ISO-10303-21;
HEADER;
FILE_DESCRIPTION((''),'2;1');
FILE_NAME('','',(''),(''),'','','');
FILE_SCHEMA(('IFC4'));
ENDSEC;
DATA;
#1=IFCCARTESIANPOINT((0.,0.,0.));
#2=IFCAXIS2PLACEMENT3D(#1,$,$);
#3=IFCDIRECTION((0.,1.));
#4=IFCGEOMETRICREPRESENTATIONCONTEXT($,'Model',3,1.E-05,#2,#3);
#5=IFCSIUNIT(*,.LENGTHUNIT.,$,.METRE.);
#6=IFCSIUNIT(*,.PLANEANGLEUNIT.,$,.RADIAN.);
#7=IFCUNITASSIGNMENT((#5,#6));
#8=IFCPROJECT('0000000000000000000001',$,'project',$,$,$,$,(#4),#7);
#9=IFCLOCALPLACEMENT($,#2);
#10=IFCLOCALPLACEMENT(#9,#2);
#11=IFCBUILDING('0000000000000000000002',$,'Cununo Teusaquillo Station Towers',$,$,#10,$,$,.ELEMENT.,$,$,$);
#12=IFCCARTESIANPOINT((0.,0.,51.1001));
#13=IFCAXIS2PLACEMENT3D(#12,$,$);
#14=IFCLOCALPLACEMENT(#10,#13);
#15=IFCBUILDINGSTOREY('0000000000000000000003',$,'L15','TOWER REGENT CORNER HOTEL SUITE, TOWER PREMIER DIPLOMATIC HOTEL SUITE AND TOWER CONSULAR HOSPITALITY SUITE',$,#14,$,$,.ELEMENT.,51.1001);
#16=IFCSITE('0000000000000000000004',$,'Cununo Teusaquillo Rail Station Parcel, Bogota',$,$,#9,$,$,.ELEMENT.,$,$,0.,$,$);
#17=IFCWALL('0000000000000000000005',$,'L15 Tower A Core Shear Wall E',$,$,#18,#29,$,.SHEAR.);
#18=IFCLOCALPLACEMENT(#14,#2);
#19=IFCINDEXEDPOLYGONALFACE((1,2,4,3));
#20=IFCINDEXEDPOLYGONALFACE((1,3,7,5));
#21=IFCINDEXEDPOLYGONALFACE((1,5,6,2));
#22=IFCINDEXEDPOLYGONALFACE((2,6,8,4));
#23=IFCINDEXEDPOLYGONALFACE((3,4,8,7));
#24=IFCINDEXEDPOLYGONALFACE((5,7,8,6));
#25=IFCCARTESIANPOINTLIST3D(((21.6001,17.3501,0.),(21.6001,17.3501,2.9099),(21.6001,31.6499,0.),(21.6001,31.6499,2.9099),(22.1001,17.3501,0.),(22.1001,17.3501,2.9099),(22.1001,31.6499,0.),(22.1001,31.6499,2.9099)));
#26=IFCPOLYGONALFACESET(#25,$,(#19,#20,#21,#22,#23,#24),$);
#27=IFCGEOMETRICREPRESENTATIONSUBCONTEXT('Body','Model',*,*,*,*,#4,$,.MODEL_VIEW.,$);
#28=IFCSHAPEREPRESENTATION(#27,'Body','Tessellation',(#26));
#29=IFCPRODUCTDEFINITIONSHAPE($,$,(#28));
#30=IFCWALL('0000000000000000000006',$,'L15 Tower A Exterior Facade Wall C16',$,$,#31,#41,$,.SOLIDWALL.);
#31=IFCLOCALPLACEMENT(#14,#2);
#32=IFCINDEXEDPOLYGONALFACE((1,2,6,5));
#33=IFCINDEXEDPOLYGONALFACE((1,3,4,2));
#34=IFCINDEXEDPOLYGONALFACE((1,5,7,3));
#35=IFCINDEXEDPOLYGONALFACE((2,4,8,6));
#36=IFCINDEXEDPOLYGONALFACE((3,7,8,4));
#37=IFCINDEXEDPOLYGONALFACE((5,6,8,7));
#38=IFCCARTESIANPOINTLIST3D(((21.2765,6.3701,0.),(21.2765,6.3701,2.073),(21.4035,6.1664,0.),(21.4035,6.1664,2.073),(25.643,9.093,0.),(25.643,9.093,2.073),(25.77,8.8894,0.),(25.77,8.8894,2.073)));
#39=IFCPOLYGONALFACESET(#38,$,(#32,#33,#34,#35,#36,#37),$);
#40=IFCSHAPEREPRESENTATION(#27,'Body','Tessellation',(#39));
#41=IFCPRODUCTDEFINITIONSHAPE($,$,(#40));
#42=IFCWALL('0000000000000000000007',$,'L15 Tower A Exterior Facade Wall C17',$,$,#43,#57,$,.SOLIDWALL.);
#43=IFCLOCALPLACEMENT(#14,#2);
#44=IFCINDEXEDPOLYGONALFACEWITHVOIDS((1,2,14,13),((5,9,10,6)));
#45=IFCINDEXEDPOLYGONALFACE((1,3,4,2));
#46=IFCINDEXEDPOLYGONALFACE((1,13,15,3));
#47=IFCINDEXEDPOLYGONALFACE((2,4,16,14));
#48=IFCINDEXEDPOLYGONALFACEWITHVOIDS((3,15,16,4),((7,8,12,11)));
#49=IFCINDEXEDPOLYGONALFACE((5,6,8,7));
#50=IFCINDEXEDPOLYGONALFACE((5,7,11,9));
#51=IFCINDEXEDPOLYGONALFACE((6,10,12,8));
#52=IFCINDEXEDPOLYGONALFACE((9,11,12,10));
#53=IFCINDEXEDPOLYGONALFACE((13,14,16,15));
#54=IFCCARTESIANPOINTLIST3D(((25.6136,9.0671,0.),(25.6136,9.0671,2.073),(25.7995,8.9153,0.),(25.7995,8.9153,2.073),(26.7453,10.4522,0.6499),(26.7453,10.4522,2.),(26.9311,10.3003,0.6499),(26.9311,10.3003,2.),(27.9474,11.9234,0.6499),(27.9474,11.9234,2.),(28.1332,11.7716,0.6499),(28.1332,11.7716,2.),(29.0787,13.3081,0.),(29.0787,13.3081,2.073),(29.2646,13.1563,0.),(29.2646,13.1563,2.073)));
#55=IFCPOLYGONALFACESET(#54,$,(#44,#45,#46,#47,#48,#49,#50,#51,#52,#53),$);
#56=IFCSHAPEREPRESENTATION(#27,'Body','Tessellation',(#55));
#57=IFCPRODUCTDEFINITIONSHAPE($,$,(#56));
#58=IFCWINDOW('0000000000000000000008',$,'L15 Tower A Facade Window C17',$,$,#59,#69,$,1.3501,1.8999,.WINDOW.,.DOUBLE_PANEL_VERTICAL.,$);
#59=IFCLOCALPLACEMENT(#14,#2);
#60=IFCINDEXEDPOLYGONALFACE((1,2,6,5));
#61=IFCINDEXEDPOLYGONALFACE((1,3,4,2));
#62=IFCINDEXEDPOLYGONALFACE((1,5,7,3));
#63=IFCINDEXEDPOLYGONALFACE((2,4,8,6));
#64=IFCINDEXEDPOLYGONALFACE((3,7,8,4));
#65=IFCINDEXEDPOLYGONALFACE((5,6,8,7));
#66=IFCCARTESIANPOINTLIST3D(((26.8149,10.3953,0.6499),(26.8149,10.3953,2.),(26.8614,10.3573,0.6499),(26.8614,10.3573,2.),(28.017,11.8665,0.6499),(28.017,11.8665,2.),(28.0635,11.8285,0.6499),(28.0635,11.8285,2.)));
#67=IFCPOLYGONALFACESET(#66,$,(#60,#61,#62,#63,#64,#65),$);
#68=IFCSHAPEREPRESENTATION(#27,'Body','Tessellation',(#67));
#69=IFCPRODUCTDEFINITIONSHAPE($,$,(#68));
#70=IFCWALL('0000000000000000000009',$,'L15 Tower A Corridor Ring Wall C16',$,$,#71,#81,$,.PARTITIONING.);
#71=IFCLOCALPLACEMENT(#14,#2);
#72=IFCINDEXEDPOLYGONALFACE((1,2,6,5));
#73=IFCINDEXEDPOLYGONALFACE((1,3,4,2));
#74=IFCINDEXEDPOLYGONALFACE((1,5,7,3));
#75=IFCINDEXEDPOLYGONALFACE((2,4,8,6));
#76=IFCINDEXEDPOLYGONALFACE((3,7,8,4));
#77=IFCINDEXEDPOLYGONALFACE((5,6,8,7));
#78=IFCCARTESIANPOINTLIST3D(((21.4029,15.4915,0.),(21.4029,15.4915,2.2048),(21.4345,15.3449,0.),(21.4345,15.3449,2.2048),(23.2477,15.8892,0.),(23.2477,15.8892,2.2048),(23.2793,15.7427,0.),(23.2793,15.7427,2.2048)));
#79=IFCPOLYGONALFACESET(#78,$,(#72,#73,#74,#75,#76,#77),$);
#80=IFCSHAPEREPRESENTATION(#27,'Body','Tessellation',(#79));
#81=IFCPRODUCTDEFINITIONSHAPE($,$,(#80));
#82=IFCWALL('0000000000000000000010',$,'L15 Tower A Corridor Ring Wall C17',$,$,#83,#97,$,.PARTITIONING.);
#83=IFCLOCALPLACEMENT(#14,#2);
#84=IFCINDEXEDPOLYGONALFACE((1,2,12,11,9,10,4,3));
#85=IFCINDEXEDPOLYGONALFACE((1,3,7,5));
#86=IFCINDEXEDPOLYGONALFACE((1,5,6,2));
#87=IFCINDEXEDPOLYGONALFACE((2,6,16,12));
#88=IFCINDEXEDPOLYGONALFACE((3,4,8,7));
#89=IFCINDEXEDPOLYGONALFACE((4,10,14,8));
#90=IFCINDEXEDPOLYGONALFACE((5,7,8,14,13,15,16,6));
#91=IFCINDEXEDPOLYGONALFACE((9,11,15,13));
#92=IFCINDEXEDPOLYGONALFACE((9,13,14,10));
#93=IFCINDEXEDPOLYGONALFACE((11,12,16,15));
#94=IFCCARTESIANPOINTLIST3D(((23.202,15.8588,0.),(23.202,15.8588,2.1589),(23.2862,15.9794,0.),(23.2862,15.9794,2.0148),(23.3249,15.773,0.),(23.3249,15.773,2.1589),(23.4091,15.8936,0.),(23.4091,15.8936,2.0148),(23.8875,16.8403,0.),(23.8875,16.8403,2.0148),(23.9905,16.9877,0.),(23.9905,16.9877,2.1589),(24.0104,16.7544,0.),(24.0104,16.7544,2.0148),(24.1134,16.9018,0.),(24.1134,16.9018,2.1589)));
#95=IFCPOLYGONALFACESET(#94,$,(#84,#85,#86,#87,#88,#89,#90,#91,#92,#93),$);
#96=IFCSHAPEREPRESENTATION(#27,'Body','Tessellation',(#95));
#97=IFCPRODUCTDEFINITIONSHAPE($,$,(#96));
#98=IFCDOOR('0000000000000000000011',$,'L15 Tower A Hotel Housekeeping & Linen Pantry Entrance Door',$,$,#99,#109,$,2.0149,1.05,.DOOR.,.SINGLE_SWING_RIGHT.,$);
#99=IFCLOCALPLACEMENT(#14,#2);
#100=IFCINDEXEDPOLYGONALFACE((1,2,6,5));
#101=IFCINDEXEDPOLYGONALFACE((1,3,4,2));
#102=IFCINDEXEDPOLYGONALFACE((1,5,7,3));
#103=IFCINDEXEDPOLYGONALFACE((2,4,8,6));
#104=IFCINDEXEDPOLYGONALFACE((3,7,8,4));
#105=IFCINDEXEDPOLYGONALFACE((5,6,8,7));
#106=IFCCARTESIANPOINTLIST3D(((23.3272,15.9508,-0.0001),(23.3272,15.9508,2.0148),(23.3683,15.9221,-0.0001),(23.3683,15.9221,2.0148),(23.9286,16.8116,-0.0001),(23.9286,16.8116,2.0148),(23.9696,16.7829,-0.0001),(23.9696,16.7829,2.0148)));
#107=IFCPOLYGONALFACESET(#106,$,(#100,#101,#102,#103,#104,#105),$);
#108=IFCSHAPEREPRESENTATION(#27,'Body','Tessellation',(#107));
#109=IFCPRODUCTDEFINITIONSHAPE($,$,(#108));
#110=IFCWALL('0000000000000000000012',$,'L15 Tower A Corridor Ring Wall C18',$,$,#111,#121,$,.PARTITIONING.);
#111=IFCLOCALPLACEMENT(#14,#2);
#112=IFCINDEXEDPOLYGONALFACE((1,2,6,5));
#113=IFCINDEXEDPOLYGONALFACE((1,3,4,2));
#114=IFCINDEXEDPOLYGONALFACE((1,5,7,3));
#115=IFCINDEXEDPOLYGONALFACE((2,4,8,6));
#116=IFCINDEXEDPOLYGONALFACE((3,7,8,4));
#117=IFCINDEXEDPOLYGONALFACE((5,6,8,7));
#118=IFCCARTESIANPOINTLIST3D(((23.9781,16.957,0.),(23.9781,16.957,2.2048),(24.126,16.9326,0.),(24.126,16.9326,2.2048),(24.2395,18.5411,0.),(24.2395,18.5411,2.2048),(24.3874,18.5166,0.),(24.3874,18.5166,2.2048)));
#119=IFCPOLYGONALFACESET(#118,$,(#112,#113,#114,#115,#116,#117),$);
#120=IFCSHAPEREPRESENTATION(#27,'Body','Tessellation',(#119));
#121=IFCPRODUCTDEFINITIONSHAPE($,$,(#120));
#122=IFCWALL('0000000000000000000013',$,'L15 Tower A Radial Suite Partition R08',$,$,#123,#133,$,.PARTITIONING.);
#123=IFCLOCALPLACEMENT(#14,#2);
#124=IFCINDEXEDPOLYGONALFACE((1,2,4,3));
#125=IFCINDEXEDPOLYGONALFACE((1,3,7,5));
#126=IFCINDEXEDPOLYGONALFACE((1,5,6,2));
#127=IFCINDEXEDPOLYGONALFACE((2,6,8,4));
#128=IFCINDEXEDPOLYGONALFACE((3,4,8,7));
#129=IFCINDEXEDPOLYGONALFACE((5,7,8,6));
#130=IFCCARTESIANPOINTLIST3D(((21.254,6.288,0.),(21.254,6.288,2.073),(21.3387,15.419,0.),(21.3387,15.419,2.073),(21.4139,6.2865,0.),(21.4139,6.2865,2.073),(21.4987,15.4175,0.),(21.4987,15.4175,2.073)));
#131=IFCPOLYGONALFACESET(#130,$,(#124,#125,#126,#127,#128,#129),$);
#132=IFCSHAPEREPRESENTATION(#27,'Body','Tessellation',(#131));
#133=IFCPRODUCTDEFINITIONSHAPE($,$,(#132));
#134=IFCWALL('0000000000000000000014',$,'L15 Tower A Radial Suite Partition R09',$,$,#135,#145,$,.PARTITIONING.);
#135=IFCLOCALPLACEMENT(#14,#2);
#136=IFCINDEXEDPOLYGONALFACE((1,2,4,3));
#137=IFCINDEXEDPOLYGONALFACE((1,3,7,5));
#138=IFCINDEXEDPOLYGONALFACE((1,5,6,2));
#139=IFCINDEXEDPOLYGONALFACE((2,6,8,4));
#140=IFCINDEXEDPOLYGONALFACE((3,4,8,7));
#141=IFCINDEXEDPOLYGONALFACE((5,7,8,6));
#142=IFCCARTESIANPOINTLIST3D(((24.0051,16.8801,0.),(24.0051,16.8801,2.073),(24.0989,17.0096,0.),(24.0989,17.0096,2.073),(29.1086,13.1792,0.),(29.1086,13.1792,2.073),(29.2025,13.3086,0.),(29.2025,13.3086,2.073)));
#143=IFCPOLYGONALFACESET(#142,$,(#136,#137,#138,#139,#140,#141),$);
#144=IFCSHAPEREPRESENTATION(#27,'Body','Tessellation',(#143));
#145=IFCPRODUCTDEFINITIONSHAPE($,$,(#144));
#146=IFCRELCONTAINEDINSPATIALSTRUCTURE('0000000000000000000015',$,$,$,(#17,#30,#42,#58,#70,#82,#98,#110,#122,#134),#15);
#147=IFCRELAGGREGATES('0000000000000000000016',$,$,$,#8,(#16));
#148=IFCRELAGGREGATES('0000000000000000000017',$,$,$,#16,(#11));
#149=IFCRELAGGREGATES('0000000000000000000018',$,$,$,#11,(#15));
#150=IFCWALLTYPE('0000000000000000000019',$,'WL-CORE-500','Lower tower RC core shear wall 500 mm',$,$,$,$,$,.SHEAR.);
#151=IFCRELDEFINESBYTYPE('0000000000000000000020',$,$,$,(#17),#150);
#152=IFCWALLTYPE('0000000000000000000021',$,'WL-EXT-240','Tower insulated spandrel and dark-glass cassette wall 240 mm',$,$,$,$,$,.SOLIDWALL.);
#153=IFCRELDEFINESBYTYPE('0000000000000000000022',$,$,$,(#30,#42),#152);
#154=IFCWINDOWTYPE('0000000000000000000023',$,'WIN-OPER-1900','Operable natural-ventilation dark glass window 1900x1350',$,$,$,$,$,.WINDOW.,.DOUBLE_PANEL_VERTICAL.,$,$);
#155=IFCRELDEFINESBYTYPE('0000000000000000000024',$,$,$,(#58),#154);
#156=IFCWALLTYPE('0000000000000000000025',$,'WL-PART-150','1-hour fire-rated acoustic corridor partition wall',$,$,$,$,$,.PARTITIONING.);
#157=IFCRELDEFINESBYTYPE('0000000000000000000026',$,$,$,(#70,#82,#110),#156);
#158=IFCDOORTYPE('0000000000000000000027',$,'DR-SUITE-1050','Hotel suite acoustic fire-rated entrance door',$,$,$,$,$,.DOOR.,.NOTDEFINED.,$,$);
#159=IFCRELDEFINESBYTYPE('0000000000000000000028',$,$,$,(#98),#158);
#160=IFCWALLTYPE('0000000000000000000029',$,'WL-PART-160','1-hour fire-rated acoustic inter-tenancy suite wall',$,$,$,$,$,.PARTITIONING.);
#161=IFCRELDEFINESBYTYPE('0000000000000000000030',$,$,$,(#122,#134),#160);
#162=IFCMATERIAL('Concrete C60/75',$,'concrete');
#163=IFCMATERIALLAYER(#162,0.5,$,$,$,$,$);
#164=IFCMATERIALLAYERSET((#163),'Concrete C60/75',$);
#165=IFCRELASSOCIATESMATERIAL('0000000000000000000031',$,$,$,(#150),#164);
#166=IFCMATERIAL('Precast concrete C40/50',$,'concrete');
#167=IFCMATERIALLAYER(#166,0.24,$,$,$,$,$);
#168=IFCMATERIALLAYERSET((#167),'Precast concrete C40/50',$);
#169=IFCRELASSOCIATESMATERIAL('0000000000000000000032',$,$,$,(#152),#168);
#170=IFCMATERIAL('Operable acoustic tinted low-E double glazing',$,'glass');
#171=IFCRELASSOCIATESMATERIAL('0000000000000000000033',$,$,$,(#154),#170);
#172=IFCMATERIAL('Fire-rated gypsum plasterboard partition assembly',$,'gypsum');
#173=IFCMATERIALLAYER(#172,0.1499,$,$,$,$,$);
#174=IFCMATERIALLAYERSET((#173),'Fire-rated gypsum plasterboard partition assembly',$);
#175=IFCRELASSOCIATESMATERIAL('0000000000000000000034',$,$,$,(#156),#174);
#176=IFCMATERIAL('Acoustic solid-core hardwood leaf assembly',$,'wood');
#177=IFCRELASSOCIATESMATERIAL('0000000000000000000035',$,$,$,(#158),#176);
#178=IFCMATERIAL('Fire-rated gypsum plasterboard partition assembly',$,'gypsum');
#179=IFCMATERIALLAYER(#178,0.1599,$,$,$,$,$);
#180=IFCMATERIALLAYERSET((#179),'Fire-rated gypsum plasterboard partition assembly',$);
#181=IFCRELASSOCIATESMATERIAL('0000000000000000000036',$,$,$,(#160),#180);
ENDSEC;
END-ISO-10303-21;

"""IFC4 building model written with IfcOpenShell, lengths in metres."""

from ifc_helpers import new_model, si_unit, direction, frame, frame_2d, origin, place, context, subcontext, project, spatial, rectangle, extrude, source, transform, mapped, material, layer, layer_set, type_object, element, fill, save


model = new_model("IFC4")

# Units and contexts
model_context = context("Model", 3, precision=1e-05, world=origin(), true_north=direction((0.0, 1.0)))
body_context = subcontext(model_context, "Body", "Model", "MODEL_VIEW")
ifc_project = project(units=[si_unit("LENGTHUNIT", "METRE"), si_unit("PLANEANGLEUNIT", "RADIAN")], contexts=[model_context])

# Site, building, storey
site_placement = place(None, origin())
site = spatial("IfcSite", under=ifc_project, at=site_placement, Name="Cununo Teusaquillo Rail Station Parcel, Bogota", CompositionType="ELEMENT", RefElevation=0.0)
building_placement = place(site_placement, origin())
building = spatial("IfcBuilding", under=site, at=building_placement, Name="Cununo Teusaquillo Station Towers", CompositionType="ELEMENT")
storey_placement = place(building_placement, frame((0.0, 0.0, 51.1001)))
storey = spatial("IfcBuildingStorey", under=building, at=storey_placement, Name="L15", Description="TOWER REGENT CORNER HOTEL SUITE, TOWER PREMIER DIPLOMATIC HOTEL SUITE AND TOWER CONSULAR HOSPITALITY SUITE", CompositionType="ELEMENT", Elevation=51.1001)

# Walls
ifc_material_1 = material(Name="Concrete C60/75", Category="concrete")
ifc_layer_1 = layer(ifc_material_1, 0.5)
ifc_layer_set_1 = layer_set([ifc_layer_1], Name="Concrete C60/75")
wall_type_1 = type_object("IfcWallType", Name="WL-CORE-500", Description="Lower tower RC core shear wall 500 mm", PredefinedType="SHEAR", material=ifc_layer_set_1)
wall_1_placement = place(storey_placement, frame((21.8501, 17.3501, 0.0), z_axis=(0.0, 0.0, 1.0), x_axis=(0.0, 1.0, 0.0)))
element("IfcWall", 1, at=wall_1_placement, inside=storey, type_object=wall_type_1, Name="L15 Tower A Core Shear Wall E", PredefinedType="SHEAR", context=body_context, shape_type="SweptSolid", body=[
    extrude(rectangle(XDim=14.2998, YDim=0.5, at=frame_2d((7.1499, 0.0))), origin(), (0.0, 0.0, 1.0), 2.9099),
])
ifc_material_2 = material(Name="Precast concrete C40/50", Category="concrete")
ifc_layer_2 = layer(ifc_material_2, 0.24)
ifc_layer_set_2 = layer_set([ifc_layer_2], Name="Precast concrete C40/50")
wall_type_2 = type_object("IfcWallType", Name="WL-EXT-240", Description="Tower insulated spandrel and dark-glass cassette wall 240 mm", PredefinedType="SOLIDWALL", material=ifc_layer_set_2)
wall_2_placement = place(storey_placement, frame((25.7065, 8.9912, 0.0), z_axis=(0.0, 0.0, 1.0), x_axis=(-0.848534, -0.529141, 0.0)))
element("IfcWall", 2, at=wall_2_placement, inside=storey, type_object=wall_type_2, Name="L15 Tower A Exterior Facade Wall C16", PredefinedType="SOLIDWALL", context=body_context, shape_type="SweptSolid", body=[
    extrude(rectangle(XDim=5.146, YDim=0.24, at=frame_2d((2.573, 0.0))), origin(), (0.0, 0.0, 1.0), 2.073),
])

# Wall, opening, window
wall_3_placement = place(storey_placement, frame((29.1716, 13.2322, 0.0), z_axis=(0.0, 0.0, 1.0), x_axis=(-0.632713, -0.774386, 0.0)))
wall_3 = element("IfcWall", 3, at=wall_3_placement, inside=storey, type_object=wall_type_2, Name="L15 Tower A Exterior Facade Wall C17", PredefinedType="SOLIDWALL", context=body_context, shape_type="SweptSolid", body=[
    extrude(rectangle(XDim=5.4766, YDim=0.24, at=frame_2d((2.7383, 0.0))), origin(), (0.0, 0.0, 1.0), 2.073),
])
shared_shape_1 = source(origin(), body_context, "Body", "SweptSolid", [
    extrude(rectangle(XDim=1.8999, YDim=1.3501, at=frame_2d((0.95, 0.675))), frame((0.0, 0.1299, 0.0), z_axis=(0.0, -1.0, 0.0), x_axis=(1.0, 0.0, 0.0)), (0.0, 0.0, 1.0), 0.26),
])
opening_1_placement = place(wall_3_placement, frame((1.7881, 0.0, 0.6499)))
opening_1 = element("IfcOpeningElement", 4, at=opening_1_placement, cuts=wall_3, PredefinedType="OPENING", context=body_context, shape_type="MappedRepresentation", body=[
    mapped(shared_shape_1, transform((0.0, 0.0, 0.0), x_axis=(1.0, 0.0, 0.0), y_axis=(0.0, 1.0, 0.0), z_axis=(0.0, 0.0, 1.0), scale=1.0)),
])
ifc_material_3 = material(Name="Operable acoustic tinted low-E double glazing", Category="glass")
window_type = type_object("IfcWindowType", Name="WIN-OPER-1900", Description="Operable natural-ventilation dark glass window 1900x1350", PartitioningType="DOUBLE_PANEL_VERTICAL", PredefinedType="WINDOW", material=ifc_material_3)
shared_shape_2 = source(origin(), body_context, "Body", "SweptSolid", [
    extrude(rectangle(XDim=1.8999, YDim=1.3501, at=frame_2d((0.95, 0.675))), frame((0.0, 0.03, 0.0), z_axis=(0.0, -1.0, 0.0), x_axis=(1.0, 0.0, 0.0)), (0.0, 0.0, 1.0), 0.0601),
])
window_placement = place(opening_1_placement, origin())
window = element("IfcWindow", 5, at=window_placement, inside=storey, type_object=window_type, Name="L15 Tower A Facade Window C17", OverallHeight=1.3501, OverallWidth=1.8999, PartitioningType="DOUBLE_PANEL_VERTICAL", PredefinedType="WINDOW", context=body_context, shape_type="MappedRepresentation", body=[
    mapped(shared_shape_2, transform((0.0, 0.0, 0.0), x_axis=(1.0, 0.0, 0.0), y_axis=(0.0, 1.0, 0.0), z_axis=(0.0, 0.0, 1.0), scale=1.0)),
])
fill(opening_1, window)

# Wall
ifc_material_4 = material(Name="Fire-rated gypsum plasterboard partition assembly", Category="gypsum")
ifc_layer_3 = layer(ifc_material_4, 0.1499)
ifc_layer_set_3 = layer_set([ifc_layer_3], Name="Fire-rated gypsum plasterboard partition assembly")
wall_type_3 = type_object("IfcWallType", Name="WL-PART-150", Description="1-hour fire-rated acoustic corridor partition wall", PredefinedType="PARTITIONING", material=ifc_layer_set_3)
wall_4_placement = place(storey_placement, frame((21.4187, 15.4182, 0.0), z_axis=(0.0, 0.0, 1.0), x_axis=(0.97754, 0.210748, 0.0)))
element("IfcWall", 6, at=wall_4_placement, inside=storey, type_object=wall_type_3, Name="L15 Tower A Corridor Ring Wall C16", PredefinedType="PARTITIONING", context=body_context, shape_type="SweptSolid", body=[
    extrude(rectangle(XDim=1.8872, YDim=0.1499, at=frame_2d((0.9436, 0.0))), origin(), (0.0, 0.0, 1.0), 2.2048),
])

# Wall, opening, door
wall_5_placement = place(storey_placement, frame((23.2634, 15.8159, 0.0), z_axis=(0.0, 0.0, 1.0), x_axis=(0.572653, 0.819798, 0.0)))
wall_5 = element("IfcWall", 7, at=wall_5_placement, inside=storey, type_object=wall_type_3, Name="L15 Tower A Corridor Ring Wall C17", PredefinedType="PARTITIONING", context=body_context, shape_type="SweptSolid", body=[
    extrude(rectangle(XDim=1.377, YDim=0.1499, at=frame_2d((0.6885, 0.0))), origin(), (0.0, 0.0, 1.0), 2.1589),
])
shared_shape_3 = source(origin(), body_context, "Body", "SweptSolid", [
    extrude(rectangle(XDim=1.05, YDim=2.0149, at=frame_2d((0.5249, 1.0073))), frame((0.0, 0.085, 0.0), z_axis=(0.0, -1.0, 0.0), x_axis=(1.0, 0.0, 0.0)), (0.0, 0.0, 1.0), 0.1699),
])
opening_2_placement = place(wall_5_placement, frame((0.1472, 0.0, 0.0)))
opening_2 = element("IfcOpeningElement", 8, at=opening_2_placement, cuts=wall_5, PredefinedType="OPENING", context=body_context, shape_type="MappedRepresentation", body=[
    mapped(shared_shape_3, transform((0.0, 0.0, 0.0), x_axis=(1.0, 0.0, 0.0), y_axis=(0.0, 1.0, 0.0), z_axis=(0.0, 0.0, 1.0), scale=1.0)),
])
ifc_material_5 = material(Name="Acoustic solid-core hardwood leaf assembly", Category="wood")
door_type = type_object("IfcDoorType", Name="DR-SUITE-1050", Description="Hotel suite acoustic fire-rated entrance door", OperationType="NOTDEFINED", PredefinedType="DOOR", material=ifc_material_5)
shared_shape_4 = source(origin(), body_context, "Body", "SweptSolid", [
    extrude(rectangle(XDim=1.05, YDim=2.0149, at=frame_2d((0.5249, 1.0073))), frame((0.0, 0.0249, 0.0), z_axis=(0.0, -1.0, 0.0), x_axis=(1.0, 0.0, 0.0)), (0.0, 0.0, 1.0), 0.05),
])
door_placement = place(opening_2_placement, origin())
door = element("IfcDoor", 9, at=door_placement, inside=storey, type_object=door_type, Name="L15 Tower A Hotel Housekeeping & Linen Pantry Entrance Door", OperationType="SINGLE_SWING_RIGHT", OverallHeight=2.0149, OverallWidth=1.05, PredefinedType="DOOR", context=body_context, shape_type="MappedRepresentation", body=[
    mapped(shared_shape_4, transform((0.0, 0.0, 0.0), x_axis=(1.0, 0.0, 0.0), y_axis=(0.0, 1.0, 0.0), z_axis=(0.0, 0.0, 1.0), scale=1.0)),
])
fill(opening_2, door)

# Walls
wall_6_placement = place(storey_placement, frame((24.052, 16.9448, 0.0), z_axis=(0.0, 0.0, 1.0), x_axis=(0.16287, 0.986648, 0.0)))
element("IfcWall", 10, at=wall_6_placement, inside=storey, type_object=wall_type_3, Name="L15 Tower A Corridor Ring Wall C18", PredefinedType="PARTITIONING", context=body_context, shape_type="SweptSolid", body=[
    extrude(rectangle(XDim=1.6055, YDim=0.1499, at=frame_2d((0.8027, 0.0))), origin(), (0.0, 0.0, 1.0), 2.2048),
])
ifc_material_6 = material(Name="Fire-rated gypsum plasterboard partition assembly", Category="gypsum")
ifc_layer_4 = layer(ifc_material_6, 0.1599)
ifc_layer_set_4 = layer_set([ifc_layer_4], Name="Fire-rated gypsum plasterboard partition assembly")
wall_type_4 = type_object("IfcWallType", Name="WL-PART-160", Description="1-hour fire-rated acoustic inter-tenancy suite wall", PredefinedType="PARTITIONING", material=ifc_layer_set_4)
wall_7_placement = place(storey_placement, frame((21.4187, 15.4182, 0.0), z_axis=(0.0, 0.0, 1.0), x_axis=(-0.009278, -0.999957, 0.0)))
element("IfcWall", 11, at=wall_7_placement, inside=storey, type_object=wall_type_4, Name="L15 Tower A Radial Suite Partition R08", PredefinedType="PARTITIONING", context=body_context, shape_type="SweptSolid", body=[
    extrude(rectangle(XDim=9.1313, YDim=0.1599, at=frame_2d((4.5657, 0.0))), origin(), (0.0, 0.0, 1.0), 2.073),
])
wall_8_placement = place(storey_placement, frame((24.052, 16.9448, 0.0), z_axis=(0.0, 0.0, 1.0), x_axis=(0.809544, -0.587059, 0.0)))
element("IfcWall", 12, at=wall_8_placement, inside=storey, type_object=wall_type_4, Name="L15 Tower A Radial Suite Partition R09", PredefinedType="PARTITIONING", context=body_context, shape_type="SweptSolid", body=[
    extrude(rectangle(XDim=6.3042, YDim=0.1599, at=frame_2d((3.1521, 0.0))), origin(), (0.0, 0.0, 1.0), 2.073),
])

save(model, "model.ifc")
